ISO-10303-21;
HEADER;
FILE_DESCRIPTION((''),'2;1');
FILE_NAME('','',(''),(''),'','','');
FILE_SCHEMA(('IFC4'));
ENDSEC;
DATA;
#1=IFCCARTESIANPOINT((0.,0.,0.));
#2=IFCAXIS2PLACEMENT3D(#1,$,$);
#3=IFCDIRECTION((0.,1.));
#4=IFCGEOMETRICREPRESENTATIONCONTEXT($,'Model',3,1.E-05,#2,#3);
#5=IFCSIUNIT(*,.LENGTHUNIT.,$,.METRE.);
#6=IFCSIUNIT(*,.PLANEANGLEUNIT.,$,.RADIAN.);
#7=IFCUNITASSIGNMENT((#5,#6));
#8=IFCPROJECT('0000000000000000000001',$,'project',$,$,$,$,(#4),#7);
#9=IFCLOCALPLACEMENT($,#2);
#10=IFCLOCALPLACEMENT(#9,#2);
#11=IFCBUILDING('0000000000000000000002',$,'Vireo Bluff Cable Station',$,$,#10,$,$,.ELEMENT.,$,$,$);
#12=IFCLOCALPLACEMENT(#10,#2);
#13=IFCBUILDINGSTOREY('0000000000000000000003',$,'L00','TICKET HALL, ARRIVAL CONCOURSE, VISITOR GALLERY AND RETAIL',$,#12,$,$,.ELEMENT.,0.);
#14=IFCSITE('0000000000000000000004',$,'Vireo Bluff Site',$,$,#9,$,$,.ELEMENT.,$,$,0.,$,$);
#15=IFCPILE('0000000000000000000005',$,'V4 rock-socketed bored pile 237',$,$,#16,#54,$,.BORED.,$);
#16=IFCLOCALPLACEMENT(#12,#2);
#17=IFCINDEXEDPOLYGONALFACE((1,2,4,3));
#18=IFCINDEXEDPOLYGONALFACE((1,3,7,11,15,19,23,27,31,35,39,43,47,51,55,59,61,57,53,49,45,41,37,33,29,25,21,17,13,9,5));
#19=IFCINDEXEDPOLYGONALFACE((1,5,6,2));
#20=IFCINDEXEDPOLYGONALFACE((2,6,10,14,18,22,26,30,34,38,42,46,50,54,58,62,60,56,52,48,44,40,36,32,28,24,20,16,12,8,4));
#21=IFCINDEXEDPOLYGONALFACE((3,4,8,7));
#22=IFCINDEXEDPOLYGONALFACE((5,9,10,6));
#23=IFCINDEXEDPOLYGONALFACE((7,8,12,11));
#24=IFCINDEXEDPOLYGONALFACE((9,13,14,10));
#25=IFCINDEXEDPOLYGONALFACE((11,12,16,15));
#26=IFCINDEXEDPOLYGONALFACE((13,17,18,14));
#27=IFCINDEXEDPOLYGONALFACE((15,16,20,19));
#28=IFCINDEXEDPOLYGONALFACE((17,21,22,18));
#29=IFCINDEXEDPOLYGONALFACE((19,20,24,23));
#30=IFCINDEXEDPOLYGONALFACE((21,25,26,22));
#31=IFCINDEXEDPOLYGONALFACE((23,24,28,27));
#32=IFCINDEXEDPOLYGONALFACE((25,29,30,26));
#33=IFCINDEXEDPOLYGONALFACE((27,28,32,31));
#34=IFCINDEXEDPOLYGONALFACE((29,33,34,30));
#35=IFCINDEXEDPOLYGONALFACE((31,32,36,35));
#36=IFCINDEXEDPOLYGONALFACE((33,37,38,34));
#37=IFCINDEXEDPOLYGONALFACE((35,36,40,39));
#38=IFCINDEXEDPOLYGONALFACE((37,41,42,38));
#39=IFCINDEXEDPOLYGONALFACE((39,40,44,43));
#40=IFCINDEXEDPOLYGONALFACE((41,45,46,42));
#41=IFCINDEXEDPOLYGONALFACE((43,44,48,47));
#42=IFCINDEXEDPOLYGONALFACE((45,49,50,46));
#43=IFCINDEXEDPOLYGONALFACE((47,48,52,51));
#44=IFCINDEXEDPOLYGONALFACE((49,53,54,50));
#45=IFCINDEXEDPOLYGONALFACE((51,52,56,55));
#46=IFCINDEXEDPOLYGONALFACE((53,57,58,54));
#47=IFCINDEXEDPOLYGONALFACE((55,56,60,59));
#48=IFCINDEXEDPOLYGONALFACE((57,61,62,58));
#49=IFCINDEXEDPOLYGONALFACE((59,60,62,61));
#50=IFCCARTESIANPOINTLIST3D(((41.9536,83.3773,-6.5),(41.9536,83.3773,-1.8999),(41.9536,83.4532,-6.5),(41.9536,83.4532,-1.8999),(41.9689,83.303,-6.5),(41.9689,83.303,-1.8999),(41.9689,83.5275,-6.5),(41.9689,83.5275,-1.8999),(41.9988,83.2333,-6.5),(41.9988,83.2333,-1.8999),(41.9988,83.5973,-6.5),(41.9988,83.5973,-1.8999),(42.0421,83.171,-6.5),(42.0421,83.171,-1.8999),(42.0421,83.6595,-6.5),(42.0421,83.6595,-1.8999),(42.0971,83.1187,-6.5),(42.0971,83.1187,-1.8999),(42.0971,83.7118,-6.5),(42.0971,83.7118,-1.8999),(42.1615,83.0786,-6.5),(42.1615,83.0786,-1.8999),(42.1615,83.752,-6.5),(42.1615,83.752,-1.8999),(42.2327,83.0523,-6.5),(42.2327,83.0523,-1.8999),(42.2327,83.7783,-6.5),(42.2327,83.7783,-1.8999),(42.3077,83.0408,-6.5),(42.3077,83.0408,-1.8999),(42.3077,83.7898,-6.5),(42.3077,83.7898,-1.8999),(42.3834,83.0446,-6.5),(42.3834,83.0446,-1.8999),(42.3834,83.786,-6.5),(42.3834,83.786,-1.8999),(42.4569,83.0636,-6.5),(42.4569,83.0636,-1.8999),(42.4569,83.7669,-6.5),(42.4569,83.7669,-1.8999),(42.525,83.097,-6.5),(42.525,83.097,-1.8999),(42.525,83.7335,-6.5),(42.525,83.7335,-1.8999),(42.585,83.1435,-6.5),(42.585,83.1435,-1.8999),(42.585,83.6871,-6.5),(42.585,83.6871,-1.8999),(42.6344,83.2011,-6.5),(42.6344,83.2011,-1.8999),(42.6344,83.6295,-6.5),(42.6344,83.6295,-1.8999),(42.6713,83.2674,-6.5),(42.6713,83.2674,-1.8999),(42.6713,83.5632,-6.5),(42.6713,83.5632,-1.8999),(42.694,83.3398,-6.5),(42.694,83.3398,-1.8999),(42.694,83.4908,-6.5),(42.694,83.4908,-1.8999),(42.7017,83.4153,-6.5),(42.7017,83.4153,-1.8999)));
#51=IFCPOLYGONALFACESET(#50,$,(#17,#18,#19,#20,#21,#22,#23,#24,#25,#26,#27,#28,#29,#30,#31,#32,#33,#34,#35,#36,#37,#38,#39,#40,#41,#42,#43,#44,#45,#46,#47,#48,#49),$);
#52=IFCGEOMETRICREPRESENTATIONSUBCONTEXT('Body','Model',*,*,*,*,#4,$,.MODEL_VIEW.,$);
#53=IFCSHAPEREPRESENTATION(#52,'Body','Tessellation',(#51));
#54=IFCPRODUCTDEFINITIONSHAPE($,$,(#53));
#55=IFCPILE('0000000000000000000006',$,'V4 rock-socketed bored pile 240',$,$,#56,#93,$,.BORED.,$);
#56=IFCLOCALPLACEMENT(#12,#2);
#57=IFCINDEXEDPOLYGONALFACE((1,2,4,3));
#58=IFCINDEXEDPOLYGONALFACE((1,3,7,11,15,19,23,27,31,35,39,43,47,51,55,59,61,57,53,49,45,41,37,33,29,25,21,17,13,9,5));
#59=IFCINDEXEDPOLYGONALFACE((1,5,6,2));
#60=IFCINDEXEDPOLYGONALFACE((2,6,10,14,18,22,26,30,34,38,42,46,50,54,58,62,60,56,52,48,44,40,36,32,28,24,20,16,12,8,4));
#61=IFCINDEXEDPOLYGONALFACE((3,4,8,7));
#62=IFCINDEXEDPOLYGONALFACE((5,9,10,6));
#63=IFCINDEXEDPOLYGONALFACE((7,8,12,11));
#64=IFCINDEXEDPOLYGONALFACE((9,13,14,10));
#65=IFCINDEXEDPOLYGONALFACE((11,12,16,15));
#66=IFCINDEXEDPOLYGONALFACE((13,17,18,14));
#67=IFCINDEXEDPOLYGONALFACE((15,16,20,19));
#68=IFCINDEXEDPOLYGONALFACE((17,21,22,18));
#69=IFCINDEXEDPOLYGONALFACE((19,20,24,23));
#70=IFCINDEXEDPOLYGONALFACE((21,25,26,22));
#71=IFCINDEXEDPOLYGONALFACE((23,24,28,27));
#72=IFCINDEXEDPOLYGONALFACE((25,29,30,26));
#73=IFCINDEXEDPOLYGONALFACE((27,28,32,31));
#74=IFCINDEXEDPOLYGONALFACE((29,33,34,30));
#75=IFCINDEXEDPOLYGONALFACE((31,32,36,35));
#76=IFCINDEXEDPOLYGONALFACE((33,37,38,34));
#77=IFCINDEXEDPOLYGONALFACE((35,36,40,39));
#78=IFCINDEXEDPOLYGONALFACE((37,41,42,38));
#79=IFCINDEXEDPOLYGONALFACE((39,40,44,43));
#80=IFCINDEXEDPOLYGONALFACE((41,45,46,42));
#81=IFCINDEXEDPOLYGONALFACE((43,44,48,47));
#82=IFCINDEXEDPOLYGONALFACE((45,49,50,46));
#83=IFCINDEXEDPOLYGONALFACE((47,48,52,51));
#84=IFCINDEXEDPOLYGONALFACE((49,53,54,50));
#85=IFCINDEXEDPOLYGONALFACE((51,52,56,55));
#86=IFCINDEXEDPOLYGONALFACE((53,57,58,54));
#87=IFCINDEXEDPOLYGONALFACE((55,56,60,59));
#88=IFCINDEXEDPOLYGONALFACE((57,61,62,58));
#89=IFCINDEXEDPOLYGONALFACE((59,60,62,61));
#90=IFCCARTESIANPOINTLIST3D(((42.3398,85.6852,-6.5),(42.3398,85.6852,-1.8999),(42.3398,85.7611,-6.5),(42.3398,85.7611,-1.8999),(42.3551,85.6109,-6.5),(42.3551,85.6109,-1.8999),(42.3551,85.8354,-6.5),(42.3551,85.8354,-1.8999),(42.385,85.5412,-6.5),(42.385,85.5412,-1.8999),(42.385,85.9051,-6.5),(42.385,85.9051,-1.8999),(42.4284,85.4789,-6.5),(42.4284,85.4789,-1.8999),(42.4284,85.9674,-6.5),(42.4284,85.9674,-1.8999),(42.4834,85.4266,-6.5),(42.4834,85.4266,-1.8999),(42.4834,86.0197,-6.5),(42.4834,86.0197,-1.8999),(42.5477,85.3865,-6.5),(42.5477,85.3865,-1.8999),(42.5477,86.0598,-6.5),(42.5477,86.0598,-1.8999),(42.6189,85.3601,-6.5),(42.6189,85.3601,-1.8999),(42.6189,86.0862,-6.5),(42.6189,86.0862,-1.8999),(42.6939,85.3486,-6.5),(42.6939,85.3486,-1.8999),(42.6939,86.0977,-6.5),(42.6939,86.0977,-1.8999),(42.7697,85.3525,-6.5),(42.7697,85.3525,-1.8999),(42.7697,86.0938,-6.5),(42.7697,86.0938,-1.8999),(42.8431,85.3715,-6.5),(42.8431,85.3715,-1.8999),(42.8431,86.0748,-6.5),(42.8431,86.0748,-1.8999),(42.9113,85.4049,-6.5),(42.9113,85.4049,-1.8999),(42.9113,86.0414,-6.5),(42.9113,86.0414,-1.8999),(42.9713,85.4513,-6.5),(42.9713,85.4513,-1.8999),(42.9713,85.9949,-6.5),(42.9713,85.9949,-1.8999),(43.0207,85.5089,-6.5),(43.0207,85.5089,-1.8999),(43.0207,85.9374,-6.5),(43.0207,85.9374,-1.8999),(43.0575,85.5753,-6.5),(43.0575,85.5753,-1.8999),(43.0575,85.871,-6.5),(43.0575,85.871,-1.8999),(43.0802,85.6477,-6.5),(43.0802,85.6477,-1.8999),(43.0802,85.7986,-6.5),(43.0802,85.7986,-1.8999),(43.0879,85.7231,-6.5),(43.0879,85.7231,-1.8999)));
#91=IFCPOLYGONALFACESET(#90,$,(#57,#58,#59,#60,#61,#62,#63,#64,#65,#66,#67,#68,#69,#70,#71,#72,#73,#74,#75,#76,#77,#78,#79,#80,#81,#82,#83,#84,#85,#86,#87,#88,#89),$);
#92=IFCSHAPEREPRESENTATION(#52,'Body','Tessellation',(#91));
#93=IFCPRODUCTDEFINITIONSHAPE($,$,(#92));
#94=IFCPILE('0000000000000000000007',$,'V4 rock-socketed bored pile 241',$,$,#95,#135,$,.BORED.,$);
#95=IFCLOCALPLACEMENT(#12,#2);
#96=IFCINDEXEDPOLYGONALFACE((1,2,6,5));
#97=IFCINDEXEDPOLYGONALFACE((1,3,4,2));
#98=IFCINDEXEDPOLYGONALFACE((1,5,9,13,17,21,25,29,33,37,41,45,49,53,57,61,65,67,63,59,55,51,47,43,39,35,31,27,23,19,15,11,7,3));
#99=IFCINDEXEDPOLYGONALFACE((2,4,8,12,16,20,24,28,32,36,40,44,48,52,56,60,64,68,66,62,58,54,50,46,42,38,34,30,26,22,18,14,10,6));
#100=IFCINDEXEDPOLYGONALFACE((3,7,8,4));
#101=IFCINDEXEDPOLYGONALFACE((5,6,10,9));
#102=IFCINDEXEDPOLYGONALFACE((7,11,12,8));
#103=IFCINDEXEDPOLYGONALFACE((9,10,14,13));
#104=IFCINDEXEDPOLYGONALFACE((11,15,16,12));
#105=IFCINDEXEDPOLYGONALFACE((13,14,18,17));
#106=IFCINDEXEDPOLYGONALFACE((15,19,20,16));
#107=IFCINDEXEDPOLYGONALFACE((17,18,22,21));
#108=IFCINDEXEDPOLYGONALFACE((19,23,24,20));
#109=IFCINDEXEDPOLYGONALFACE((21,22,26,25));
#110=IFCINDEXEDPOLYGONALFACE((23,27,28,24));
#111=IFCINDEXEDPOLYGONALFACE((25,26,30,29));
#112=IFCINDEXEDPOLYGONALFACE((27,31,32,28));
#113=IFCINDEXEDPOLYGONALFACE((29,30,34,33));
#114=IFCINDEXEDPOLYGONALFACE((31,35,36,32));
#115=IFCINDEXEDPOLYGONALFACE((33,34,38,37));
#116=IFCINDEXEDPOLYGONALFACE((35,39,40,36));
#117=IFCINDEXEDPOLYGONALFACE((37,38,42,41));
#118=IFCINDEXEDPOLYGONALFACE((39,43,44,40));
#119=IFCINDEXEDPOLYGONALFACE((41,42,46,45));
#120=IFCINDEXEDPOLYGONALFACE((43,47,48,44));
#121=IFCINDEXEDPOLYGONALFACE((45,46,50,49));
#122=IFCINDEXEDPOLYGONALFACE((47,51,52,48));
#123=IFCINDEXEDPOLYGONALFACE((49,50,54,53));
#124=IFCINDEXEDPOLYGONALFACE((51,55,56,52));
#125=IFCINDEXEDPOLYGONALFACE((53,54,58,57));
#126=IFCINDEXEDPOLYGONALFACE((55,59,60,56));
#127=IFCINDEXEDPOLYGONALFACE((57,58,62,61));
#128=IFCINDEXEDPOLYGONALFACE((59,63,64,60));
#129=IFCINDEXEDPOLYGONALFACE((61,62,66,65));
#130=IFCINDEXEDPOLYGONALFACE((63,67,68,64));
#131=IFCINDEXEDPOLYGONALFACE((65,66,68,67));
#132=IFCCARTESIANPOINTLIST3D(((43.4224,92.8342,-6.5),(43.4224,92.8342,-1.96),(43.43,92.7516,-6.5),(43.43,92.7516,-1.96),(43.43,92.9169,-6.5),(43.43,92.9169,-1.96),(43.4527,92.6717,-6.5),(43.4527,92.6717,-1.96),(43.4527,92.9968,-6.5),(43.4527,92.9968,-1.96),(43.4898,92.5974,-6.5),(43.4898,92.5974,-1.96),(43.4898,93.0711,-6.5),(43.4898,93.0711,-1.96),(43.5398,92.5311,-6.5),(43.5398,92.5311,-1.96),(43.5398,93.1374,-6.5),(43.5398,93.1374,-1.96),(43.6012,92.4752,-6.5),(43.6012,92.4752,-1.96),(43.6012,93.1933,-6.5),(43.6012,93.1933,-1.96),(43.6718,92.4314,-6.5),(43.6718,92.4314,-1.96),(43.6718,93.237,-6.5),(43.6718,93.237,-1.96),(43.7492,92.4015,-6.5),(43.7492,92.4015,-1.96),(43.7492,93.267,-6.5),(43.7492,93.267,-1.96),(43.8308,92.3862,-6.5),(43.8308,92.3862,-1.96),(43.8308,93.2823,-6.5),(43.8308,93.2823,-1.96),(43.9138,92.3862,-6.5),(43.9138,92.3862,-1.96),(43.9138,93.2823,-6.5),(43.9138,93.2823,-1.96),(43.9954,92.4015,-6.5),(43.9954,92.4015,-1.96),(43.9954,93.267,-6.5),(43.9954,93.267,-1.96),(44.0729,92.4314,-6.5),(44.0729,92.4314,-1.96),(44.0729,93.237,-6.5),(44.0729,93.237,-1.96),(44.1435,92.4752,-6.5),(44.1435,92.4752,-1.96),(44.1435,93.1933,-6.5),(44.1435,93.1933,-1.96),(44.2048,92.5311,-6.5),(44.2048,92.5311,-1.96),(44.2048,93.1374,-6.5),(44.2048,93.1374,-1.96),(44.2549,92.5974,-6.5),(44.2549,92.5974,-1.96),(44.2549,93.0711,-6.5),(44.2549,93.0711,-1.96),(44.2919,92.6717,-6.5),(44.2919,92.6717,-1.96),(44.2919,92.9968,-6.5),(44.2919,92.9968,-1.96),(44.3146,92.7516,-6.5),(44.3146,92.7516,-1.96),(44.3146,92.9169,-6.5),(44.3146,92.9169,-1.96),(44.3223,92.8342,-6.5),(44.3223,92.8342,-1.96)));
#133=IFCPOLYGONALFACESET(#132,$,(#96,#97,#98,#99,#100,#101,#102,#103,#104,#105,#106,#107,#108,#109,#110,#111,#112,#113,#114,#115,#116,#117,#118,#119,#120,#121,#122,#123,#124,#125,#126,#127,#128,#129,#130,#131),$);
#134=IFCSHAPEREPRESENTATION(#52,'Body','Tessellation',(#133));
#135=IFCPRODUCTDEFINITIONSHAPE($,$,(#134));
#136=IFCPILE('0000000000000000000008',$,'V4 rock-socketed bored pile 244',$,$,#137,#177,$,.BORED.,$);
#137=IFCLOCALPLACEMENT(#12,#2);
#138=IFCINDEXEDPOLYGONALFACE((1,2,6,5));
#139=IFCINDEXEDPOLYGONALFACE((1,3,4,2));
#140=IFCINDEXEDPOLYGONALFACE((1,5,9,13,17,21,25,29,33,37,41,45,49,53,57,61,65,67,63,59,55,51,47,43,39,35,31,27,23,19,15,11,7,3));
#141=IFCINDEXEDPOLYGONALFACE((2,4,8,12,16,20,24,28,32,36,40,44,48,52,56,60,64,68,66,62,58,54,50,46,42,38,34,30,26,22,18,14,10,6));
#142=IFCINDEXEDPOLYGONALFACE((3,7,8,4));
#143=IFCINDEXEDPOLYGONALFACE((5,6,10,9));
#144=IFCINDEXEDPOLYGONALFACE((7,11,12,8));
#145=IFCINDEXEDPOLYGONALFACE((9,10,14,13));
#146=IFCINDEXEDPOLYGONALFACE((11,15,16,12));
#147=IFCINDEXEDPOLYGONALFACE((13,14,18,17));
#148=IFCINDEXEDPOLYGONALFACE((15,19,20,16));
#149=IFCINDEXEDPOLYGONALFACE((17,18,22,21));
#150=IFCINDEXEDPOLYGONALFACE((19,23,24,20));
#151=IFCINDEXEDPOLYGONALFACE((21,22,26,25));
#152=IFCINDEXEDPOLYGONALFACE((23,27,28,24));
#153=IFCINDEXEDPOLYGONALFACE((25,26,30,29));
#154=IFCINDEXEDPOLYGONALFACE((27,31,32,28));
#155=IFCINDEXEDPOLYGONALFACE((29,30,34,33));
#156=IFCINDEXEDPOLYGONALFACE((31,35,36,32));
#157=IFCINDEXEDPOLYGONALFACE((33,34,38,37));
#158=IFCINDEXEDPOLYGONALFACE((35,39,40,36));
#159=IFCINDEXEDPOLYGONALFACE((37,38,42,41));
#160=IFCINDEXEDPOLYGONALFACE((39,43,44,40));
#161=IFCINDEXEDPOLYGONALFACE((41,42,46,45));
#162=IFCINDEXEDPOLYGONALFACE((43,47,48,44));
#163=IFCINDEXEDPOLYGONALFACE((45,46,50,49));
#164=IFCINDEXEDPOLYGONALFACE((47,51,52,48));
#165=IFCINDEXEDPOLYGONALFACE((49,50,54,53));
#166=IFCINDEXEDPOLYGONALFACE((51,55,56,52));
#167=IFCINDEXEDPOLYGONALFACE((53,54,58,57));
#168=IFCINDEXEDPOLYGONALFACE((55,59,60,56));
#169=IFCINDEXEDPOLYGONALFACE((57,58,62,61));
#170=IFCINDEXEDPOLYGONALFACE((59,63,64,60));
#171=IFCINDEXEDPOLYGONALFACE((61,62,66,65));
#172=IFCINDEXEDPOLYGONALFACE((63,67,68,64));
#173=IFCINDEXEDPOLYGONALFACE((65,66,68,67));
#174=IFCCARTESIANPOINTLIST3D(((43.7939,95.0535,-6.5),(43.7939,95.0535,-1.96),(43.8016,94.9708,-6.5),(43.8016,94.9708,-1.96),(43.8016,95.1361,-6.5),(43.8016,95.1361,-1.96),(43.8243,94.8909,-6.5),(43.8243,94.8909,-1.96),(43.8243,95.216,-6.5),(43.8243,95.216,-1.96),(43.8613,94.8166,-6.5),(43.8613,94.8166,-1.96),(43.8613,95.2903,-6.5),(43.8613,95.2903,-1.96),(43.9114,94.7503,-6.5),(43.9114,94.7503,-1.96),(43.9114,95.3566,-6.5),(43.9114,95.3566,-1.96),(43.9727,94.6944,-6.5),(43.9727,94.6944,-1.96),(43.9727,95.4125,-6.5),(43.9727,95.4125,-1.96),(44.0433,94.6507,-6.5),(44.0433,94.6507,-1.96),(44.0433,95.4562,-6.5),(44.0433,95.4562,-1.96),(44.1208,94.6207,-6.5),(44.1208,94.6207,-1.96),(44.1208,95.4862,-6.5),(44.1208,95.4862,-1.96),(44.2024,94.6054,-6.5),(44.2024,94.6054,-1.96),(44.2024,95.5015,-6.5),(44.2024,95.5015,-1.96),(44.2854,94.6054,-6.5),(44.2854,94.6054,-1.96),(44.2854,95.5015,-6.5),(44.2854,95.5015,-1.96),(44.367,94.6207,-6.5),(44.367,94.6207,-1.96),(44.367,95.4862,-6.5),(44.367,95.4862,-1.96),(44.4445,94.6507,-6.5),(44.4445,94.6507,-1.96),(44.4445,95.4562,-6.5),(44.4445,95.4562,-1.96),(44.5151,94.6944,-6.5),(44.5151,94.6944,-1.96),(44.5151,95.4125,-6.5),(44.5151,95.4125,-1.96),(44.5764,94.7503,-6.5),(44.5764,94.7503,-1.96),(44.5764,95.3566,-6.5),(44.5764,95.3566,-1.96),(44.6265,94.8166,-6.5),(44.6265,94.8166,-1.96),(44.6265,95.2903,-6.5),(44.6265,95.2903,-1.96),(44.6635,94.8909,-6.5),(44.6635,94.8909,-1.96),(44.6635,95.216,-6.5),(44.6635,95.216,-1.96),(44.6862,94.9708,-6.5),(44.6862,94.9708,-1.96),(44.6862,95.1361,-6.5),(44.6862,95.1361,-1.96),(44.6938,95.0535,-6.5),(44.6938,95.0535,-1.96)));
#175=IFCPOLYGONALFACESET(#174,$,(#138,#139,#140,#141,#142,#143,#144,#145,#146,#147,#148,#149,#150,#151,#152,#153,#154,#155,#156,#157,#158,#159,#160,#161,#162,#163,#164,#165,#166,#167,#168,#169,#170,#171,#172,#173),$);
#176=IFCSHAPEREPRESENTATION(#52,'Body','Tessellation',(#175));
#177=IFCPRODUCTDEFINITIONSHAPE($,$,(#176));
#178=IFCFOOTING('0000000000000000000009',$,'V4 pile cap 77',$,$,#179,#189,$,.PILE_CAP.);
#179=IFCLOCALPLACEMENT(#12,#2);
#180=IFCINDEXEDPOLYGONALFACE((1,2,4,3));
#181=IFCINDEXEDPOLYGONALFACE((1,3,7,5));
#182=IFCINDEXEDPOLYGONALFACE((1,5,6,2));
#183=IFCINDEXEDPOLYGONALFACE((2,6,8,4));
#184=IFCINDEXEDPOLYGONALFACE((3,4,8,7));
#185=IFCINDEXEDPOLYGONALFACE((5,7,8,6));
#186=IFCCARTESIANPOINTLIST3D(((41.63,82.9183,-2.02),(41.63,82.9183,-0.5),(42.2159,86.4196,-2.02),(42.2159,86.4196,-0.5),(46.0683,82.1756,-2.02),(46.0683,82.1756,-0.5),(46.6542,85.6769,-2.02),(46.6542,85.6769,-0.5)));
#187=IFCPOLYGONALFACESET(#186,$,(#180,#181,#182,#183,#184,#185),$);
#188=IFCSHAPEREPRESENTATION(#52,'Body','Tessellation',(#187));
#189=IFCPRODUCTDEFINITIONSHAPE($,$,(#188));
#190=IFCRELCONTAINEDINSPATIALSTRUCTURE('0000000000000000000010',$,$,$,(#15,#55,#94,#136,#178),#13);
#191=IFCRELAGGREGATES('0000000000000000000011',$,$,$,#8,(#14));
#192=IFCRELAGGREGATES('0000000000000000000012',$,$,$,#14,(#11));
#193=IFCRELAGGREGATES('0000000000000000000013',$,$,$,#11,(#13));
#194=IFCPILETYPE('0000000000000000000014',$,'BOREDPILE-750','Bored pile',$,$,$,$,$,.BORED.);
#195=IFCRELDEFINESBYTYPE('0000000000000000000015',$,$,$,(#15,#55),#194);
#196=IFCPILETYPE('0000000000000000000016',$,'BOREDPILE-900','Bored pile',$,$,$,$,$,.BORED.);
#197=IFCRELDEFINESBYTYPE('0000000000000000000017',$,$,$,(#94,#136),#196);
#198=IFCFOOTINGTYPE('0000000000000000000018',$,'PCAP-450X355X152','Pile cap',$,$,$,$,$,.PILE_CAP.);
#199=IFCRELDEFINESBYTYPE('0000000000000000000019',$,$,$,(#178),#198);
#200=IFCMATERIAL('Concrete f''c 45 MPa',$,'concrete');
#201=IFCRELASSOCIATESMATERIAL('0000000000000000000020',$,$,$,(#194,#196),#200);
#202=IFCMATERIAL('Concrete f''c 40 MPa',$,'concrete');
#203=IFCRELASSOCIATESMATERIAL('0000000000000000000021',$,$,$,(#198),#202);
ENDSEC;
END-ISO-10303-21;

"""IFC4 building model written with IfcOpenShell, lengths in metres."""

from ifc_helpers import new_model, si_unit, direction, frame, origin, origin_2d, place, context, subcontext, project, spatial, rectangle, circle, extrude, material, material_profile, profile_set, type_object, element, save


model = new_model("IFC4")

# Units and contexts
model_context = context("Model", 3, precision=1e-05, world=origin(), true_north=direction((0.0, 1.0)))
body_context = subcontext(model_context, "Body", "Model", "MODEL_VIEW")
ifc_project = project(units=[si_unit("LENGTHUNIT", "METRE"), si_unit("PLANEANGLEUNIT", "RADIAN")], contexts=[model_context])

# Site, building, storey
site_placement = place(None, origin())
site = spatial("IfcSite", under=ifc_project, at=site_placement, Name="Vireo Bluff Site", CompositionType="ELEMENT", RefElevation=0.0)
building_placement = place(site_placement, origin())
building = spatial("IfcBuilding", under=site, at=building_placement, Name="Vireo Bluff Cable Station", CompositionType="ELEMENT")
storey_placement = place(building_placement, origin())
storey = spatial("IfcBuildingStorey", under=building, at=storey_placement, Name="L00", Description="TICKET HALL, ARRIVAL CONCOURSE, VISITOR GALLERY AND RETAIL", CompositionType="ELEMENT", Elevation=0.0)

# Piles
ifc_material_1 = material(Name="Concrete f'c 45 MPa", Category="concrete")
ifc_material_profile_1 = material_profile(ifc_material_1, circle(Radius=0.375, at=origin_2d()), Name="BOREDPILE-750")
ifc_profile_set_1 = profile_set([ifc_material_profile_1], Name="Concrete f'c 45 MPa")
pile_type_1 = type_object("IfcPileType", Name="BOREDPILE-750", Description="Bored pile", PredefinedType="BORED", material=ifc_profile_set_1)
for number, where, z_axis, x_axis, name in (
    (1, (42.3267, 83.4153, -1.8999), (0.0, 0.0, -1.0), (1.0, 0.0, 0.0), "V4 rock-socketed bored pile 237"),
    (2, (42.7129, 85.7231, -1.8999), (0.0, 0.0, -1.0), (1.0, 0.0, 0.0), "V4 rock-socketed bored pile 240"),
):
    element("IfcPile", number, at=place(storey_placement, frame(where, z_axis=z_axis, x_axis=x_axis)), inside=storey, type_object=pile_type_1, Name=name, PredefinedType="BORED", context=body_context, shape_type="SweptSolid", body=[
        extrude(circle(Radius=0.375, at=origin_2d()), origin(), (0.0, 0.0, 1.0), 4.6001),
    ])
ifc_material_profile_2 = material_profile(ifc_material_1, circle(Radius=0.45, at=origin_2d()), Name="BOREDPILE-900")
ifc_profile_set_2 = profile_set([ifc_material_profile_2], Name="Concrete f'c 45 MPa")
pile_type_2 = type_object("IfcPileType", Name="BOREDPILE-900", Description="Bored pile", PredefinedType="BORED", material=ifc_profile_set_2)
for number, where, z_axis, x_axis, name in (
    (3, (43.8723, 92.8342, -1.96), (0.0, 0.0, -1.0), (1.0, 0.0, 0.0), "V4 rock-socketed bored pile 241"),
    (4, (44.2439, 95.0535, -1.96), (0.0, 0.0, -1.0), (1.0, 0.0, 0.0), "V4 rock-socketed bored pile 244"),
):
    element("IfcPile", number, at=place(storey_placement, frame(where, z_axis=z_axis, x_axis=x_axis)), inside=storey, type_object=pile_type_2, Name=name, PredefinedType="BORED", context=body_context, shape_type="SweptSolid", body=[
        extrude(circle(Radius=0.45, at=origin_2d()), origin(), (0.0, 0.0, 1.0), 4.54),
    ])

# Footing
ifc_material_2 = material(Name="Concrete f'c 40 MPa", Category="concrete")
footing_type = type_object("IfcFootingType", Name="PCAP-450X355X152", Description="Pile cap", PredefinedType="PILE_CAP", material=ifc_material_2)
footing_placement = place(storey_placement, frame((44.1421, 84.2976, -2.02), z_axis=(0.0, 0.0, 1.0), x_axis=(0.986286, -0.165048, 0.0)))
element("IfcFooting", 5, at=footing_placement, inside=storey, type_object=footing_type, Name="V4 pile cap 77", PredefinedType="PILE_CAP", context=body_context, shape_type="SweptSolid", body=[
    extrude(rectangle(XDim=4.5, YDim=3.55, at=origin_2d()), origin(), (0.0, 0.0, 1.0), 1.52),
])

save(model, "model.ifc")
